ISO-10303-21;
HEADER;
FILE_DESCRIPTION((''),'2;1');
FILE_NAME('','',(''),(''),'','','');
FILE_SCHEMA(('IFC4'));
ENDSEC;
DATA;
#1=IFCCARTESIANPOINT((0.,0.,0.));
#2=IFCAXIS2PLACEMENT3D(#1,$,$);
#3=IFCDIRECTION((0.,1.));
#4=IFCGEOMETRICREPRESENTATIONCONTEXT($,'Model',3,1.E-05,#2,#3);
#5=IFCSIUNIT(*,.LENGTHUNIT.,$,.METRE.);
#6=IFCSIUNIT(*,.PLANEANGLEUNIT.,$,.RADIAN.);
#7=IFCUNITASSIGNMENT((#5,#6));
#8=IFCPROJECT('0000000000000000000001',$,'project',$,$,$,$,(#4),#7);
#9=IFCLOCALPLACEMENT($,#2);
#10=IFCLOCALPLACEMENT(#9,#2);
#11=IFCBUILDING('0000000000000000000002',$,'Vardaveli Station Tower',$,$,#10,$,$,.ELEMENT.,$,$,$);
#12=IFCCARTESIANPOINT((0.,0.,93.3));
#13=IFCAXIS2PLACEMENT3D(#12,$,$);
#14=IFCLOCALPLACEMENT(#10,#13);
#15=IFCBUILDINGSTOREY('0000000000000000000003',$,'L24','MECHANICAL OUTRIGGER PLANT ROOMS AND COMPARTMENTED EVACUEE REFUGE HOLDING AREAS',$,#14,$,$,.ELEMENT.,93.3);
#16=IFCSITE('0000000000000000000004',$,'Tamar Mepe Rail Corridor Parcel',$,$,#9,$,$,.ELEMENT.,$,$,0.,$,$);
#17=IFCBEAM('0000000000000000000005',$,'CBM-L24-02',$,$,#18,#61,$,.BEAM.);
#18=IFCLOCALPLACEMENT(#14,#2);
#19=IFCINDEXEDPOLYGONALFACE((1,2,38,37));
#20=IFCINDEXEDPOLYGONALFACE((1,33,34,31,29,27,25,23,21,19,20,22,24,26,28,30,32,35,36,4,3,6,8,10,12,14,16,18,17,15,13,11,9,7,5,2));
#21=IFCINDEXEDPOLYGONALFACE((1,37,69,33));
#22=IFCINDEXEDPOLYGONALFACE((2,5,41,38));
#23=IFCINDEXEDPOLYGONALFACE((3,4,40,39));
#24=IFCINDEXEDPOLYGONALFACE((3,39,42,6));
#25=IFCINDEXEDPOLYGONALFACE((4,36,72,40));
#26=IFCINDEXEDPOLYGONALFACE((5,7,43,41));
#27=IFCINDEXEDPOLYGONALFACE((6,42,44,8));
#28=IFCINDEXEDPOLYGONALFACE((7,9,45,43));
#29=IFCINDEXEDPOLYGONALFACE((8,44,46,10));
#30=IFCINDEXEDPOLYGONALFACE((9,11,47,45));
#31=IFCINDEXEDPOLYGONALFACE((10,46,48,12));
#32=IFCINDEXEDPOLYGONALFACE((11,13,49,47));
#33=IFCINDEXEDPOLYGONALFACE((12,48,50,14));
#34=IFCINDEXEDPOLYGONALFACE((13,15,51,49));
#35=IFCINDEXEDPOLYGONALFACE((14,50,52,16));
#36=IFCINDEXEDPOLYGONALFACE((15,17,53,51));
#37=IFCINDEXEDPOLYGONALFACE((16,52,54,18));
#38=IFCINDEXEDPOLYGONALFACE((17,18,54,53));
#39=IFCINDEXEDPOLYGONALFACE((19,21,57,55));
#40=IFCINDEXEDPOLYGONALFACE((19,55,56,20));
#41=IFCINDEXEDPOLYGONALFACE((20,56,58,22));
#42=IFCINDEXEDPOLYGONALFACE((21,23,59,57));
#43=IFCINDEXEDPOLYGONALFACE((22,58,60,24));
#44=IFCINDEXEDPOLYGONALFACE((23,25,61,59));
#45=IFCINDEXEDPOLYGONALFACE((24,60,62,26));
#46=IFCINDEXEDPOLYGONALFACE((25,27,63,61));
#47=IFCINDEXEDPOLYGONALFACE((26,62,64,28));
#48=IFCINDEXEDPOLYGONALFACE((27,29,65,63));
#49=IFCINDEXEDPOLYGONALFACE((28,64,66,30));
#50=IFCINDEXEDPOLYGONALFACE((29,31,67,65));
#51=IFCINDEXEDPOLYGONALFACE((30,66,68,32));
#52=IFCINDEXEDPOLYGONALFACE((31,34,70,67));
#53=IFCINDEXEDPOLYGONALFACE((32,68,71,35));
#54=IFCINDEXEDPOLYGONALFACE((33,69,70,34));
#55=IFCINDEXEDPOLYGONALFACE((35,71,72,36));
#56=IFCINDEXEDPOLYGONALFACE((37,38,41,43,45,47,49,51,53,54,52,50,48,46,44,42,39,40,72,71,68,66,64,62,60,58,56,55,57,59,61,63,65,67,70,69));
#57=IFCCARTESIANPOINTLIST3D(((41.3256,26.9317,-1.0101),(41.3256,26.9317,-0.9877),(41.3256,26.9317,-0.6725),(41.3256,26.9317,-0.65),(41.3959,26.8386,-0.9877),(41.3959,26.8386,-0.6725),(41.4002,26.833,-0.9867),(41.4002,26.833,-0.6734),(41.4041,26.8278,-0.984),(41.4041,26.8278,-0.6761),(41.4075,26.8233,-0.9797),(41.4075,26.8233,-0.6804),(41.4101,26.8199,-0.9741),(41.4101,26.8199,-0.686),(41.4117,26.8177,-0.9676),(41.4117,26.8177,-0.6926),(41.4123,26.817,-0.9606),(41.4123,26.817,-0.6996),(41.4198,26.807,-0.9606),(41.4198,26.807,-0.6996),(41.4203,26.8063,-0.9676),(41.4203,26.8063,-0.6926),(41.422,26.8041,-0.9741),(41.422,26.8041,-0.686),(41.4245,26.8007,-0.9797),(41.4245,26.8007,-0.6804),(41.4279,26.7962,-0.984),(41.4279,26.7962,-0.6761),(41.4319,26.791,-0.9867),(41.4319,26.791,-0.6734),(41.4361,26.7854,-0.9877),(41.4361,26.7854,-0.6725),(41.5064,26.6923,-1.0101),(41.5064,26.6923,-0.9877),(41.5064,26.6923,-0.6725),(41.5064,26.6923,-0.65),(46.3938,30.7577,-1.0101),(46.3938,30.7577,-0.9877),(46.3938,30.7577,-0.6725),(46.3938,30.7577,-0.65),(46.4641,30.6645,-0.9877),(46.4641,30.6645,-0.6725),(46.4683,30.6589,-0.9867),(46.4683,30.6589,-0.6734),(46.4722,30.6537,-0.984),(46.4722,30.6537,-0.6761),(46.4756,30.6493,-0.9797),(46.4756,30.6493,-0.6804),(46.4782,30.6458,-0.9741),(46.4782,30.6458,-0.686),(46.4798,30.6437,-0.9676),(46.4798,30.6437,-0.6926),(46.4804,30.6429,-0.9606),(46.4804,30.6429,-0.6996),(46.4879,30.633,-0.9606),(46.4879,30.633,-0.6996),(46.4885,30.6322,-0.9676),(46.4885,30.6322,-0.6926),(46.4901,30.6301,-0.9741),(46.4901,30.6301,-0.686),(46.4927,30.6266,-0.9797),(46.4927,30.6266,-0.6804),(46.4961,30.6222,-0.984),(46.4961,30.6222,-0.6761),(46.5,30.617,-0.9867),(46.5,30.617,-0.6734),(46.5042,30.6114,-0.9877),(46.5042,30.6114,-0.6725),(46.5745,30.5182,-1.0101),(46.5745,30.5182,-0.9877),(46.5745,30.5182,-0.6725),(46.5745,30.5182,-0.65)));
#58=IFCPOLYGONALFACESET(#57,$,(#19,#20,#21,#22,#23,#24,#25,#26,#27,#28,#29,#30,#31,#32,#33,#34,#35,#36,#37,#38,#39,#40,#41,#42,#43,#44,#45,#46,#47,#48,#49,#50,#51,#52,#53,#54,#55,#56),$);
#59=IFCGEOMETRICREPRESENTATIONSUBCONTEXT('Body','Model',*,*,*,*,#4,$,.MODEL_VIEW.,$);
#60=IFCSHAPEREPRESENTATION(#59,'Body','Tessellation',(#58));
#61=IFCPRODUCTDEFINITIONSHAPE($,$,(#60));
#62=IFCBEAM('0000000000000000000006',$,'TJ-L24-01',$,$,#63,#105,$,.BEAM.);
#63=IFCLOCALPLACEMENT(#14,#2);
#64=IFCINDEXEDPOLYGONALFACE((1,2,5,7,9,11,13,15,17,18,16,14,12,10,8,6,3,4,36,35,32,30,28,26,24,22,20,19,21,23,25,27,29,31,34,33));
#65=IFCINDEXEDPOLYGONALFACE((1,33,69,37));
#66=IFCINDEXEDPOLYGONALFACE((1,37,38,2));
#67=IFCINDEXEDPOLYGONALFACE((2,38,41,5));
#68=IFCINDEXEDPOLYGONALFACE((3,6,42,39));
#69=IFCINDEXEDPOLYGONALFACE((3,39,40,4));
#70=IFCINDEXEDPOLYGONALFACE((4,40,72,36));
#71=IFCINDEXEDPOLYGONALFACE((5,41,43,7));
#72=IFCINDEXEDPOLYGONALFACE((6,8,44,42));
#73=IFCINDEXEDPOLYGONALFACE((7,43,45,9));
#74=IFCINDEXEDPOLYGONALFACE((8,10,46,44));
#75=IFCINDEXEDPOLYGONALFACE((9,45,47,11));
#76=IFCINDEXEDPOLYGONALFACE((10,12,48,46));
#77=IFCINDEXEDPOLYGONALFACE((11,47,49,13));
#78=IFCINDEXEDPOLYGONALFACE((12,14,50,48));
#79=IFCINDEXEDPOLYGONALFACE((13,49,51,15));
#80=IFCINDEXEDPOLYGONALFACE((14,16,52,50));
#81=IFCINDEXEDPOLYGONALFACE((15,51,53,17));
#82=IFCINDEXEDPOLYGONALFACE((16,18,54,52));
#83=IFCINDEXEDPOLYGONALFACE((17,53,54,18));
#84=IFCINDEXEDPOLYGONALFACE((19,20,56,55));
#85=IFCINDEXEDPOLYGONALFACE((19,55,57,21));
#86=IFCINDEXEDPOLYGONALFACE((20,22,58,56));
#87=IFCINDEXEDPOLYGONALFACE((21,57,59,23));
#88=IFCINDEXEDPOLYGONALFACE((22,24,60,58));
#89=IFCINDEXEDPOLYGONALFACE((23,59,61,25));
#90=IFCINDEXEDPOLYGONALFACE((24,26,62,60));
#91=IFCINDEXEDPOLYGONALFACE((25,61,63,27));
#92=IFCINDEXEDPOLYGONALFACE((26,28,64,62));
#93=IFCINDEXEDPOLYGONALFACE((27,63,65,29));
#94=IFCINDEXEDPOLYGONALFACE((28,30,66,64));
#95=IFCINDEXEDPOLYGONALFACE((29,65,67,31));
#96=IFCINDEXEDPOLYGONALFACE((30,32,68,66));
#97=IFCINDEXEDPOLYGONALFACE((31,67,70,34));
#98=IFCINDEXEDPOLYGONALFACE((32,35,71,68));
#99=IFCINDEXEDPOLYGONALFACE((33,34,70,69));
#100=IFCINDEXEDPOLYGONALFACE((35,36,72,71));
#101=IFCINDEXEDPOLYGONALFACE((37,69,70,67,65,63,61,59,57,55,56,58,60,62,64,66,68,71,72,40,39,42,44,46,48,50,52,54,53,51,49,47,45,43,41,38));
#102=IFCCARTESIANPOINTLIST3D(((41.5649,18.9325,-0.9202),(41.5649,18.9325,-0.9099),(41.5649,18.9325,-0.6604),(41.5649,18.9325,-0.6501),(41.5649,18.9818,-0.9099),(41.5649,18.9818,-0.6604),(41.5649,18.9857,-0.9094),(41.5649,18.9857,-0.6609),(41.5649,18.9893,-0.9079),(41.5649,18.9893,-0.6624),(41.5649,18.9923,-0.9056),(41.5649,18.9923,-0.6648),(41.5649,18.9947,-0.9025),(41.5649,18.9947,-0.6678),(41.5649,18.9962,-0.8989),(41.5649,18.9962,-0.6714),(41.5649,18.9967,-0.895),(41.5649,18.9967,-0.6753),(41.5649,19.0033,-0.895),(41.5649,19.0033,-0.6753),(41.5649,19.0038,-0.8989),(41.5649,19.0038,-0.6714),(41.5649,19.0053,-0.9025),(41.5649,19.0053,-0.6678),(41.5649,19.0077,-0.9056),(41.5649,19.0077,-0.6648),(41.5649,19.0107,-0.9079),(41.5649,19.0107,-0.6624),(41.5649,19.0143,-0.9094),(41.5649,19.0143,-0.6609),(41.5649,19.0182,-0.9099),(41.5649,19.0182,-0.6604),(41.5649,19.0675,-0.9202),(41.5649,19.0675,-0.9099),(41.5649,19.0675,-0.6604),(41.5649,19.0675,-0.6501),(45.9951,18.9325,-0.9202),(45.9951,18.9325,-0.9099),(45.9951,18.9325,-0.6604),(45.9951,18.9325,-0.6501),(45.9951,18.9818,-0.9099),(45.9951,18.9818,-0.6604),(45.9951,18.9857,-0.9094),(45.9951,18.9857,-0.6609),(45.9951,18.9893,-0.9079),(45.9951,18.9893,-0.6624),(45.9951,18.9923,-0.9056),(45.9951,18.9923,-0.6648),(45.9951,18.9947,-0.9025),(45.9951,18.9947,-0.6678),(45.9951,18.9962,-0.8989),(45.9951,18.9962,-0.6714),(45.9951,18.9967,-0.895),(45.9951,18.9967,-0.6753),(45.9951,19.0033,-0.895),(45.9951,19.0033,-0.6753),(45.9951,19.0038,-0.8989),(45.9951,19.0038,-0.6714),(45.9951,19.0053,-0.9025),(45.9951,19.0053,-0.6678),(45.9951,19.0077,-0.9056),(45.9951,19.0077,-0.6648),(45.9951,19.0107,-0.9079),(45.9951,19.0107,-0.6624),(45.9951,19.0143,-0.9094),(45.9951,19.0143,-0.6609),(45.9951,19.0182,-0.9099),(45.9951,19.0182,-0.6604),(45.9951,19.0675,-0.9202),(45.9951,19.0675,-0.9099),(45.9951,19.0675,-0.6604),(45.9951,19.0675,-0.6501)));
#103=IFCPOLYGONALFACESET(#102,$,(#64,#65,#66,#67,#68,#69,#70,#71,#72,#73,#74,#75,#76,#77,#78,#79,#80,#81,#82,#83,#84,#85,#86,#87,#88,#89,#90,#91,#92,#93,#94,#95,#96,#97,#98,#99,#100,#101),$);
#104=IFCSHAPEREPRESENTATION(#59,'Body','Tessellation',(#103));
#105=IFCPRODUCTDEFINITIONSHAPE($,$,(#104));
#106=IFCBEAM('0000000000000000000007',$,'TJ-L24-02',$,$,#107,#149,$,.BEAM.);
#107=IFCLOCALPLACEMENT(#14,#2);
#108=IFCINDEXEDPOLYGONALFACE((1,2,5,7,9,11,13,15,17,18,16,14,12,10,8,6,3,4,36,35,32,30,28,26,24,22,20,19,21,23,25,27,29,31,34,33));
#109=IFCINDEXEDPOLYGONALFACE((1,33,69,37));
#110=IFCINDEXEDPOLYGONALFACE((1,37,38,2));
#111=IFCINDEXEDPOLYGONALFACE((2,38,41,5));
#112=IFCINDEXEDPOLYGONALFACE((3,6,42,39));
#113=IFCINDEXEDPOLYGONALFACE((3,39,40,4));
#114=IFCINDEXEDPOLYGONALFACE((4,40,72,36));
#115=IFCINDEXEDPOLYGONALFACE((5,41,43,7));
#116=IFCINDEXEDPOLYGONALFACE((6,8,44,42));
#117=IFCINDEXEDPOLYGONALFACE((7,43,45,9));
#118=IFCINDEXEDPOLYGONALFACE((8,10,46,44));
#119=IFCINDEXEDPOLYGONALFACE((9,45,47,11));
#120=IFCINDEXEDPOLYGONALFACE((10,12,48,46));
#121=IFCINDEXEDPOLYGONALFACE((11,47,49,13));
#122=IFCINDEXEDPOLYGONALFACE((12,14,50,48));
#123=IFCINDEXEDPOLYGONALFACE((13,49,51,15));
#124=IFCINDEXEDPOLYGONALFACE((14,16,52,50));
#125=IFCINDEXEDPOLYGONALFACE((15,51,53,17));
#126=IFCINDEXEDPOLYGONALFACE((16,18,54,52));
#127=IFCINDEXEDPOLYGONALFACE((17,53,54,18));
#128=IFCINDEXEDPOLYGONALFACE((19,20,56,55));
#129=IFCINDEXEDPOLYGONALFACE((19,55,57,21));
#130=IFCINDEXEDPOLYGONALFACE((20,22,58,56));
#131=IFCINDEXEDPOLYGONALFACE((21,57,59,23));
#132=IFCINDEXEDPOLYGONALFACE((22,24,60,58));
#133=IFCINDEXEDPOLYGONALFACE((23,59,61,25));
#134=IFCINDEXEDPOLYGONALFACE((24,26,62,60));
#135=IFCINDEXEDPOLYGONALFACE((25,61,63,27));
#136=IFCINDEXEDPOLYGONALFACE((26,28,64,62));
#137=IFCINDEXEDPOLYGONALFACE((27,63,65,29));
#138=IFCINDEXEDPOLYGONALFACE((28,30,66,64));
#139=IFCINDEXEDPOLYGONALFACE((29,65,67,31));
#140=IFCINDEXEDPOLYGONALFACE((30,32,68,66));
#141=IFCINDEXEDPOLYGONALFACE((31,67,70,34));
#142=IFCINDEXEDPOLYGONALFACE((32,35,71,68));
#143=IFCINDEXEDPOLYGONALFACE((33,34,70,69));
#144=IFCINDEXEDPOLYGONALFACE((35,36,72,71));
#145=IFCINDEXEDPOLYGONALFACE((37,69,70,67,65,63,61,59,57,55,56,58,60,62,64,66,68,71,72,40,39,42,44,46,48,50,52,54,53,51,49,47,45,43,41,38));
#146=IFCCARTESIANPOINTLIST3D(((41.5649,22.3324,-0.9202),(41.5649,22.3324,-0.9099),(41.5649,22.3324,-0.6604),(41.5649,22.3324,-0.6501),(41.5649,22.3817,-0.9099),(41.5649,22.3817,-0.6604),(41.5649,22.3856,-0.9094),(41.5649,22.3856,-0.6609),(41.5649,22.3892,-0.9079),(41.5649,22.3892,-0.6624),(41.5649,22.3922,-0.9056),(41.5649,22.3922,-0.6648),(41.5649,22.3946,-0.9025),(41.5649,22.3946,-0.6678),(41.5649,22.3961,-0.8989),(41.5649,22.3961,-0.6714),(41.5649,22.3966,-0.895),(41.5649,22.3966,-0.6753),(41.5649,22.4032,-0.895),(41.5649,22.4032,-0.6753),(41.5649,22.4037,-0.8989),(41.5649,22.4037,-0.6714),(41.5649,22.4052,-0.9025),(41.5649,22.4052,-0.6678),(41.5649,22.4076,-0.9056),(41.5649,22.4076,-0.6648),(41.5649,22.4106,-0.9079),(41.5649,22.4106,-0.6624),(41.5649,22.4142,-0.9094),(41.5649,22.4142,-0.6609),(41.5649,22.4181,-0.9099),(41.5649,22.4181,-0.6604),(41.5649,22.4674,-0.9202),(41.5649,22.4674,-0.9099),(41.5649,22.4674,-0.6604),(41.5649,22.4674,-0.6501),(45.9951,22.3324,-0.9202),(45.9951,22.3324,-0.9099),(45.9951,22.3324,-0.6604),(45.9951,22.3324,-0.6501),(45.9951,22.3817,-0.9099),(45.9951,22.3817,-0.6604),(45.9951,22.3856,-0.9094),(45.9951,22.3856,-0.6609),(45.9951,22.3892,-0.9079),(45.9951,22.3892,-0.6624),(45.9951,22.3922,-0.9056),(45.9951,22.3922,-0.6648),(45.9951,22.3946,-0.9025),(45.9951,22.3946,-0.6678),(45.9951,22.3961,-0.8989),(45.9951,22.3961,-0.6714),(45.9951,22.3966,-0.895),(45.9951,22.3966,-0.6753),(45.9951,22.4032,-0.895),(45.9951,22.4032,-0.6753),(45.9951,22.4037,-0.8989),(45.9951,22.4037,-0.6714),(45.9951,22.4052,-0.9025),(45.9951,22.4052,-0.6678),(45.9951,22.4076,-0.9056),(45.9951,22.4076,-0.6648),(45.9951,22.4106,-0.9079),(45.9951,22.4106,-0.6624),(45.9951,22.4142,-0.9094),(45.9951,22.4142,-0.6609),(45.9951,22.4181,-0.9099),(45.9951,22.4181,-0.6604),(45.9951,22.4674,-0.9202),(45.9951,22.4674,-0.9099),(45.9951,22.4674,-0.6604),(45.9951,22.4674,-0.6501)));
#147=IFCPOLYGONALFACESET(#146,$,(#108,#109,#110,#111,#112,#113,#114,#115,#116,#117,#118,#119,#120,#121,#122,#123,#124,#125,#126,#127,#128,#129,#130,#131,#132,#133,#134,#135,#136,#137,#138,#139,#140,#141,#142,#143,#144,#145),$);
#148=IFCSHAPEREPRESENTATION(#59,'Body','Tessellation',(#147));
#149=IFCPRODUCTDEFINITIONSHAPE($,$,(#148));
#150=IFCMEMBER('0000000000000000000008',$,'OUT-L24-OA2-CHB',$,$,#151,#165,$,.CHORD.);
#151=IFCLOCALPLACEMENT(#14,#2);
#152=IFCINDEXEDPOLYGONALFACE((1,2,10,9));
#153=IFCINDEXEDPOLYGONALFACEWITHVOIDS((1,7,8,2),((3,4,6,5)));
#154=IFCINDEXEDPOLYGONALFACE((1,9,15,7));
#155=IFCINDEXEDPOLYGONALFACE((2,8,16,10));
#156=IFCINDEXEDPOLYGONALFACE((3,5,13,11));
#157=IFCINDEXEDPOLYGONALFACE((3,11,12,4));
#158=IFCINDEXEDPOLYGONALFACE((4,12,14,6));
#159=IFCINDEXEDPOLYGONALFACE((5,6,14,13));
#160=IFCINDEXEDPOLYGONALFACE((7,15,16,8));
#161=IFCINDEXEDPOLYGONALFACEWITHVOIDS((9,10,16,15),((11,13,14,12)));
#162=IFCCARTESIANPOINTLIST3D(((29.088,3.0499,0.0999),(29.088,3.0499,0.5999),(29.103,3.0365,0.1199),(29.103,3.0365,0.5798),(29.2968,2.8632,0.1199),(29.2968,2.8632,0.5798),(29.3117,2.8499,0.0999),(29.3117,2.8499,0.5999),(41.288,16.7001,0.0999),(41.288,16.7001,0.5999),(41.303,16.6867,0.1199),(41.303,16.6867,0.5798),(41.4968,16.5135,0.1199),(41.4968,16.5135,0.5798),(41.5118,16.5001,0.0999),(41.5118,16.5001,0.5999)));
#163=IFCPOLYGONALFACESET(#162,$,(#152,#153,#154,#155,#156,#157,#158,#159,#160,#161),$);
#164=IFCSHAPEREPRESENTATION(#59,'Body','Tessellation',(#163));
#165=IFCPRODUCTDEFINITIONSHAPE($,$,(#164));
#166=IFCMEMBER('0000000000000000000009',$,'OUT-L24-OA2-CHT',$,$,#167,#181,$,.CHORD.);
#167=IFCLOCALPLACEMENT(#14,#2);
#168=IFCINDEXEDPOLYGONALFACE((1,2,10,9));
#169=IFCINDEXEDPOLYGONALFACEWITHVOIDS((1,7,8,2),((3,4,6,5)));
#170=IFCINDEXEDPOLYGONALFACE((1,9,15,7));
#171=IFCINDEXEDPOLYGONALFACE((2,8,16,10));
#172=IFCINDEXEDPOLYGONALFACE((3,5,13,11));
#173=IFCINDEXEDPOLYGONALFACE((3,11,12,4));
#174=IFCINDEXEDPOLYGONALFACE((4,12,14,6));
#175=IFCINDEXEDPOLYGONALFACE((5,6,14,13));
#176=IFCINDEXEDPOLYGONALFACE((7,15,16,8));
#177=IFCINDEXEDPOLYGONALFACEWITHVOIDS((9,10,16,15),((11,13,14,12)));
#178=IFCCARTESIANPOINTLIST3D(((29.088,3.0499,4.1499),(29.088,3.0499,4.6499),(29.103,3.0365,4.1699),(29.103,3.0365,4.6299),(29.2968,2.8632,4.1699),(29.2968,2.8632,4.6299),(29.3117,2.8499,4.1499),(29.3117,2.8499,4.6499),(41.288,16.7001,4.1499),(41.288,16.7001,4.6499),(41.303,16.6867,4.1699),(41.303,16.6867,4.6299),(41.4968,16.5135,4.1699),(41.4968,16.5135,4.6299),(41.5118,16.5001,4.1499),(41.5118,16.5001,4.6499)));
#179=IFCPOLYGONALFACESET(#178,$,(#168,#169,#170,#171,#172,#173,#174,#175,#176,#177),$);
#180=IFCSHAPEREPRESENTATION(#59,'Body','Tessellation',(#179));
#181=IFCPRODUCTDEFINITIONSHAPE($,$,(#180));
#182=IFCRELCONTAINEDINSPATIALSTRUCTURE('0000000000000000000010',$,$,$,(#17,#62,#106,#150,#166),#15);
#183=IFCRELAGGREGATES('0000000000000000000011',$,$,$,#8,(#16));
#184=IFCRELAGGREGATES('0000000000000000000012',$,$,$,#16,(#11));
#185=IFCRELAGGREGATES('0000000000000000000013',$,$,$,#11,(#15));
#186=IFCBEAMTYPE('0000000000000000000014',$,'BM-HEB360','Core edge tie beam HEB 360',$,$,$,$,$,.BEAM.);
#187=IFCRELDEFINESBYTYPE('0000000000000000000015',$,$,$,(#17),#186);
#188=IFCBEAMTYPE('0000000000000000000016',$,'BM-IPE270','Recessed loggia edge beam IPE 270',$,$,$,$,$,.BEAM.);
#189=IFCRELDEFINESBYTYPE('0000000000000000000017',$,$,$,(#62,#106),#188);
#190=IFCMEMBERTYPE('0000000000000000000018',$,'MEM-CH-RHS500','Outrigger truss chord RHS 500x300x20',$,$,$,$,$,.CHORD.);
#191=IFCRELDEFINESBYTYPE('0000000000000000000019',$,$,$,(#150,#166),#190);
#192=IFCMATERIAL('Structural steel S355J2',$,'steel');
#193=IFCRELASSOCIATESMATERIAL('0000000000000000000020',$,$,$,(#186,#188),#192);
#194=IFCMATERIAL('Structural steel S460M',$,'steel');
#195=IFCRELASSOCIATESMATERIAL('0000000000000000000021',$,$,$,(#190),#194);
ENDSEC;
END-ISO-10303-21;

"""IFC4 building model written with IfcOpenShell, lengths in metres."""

from ifc_helpers import new_model, si_unit, direction, frame, origin, origin_2d, place, context, subcontext, project, spatial, hollow_rectangle, i_section, extrude, source, transform, mapped, material, material_profile, profile_set, type_object, element, save


model = new_model("IFC4")

# Units and contexts
model_context = context("Model", 3, precision=1e-05, world=origin(), true_north=direction((0.0, 1.0)))
body_context = subcontext(model_context, "Body", "Model", "MODEL_VIEW")
ifc_project = project(units=[si_unit("LENGTHUNIT", "METRE"), si_unit("PLANEANGLEUNIT", "RADIAN")], contexts=[model_context])

# Site, building, storey
site_placement = place(None, origin())
site = spatial("IfcSite", under=ifc_project, at=site_placement, Name="Tamar Mepe Rail Corridor Parcel", CompositionType="ELEMENT", RefElevation=0.0)
building_placement = place(site_placement, origin())
building = spatial("IfcBuilding", under=site, at=building_placement, Name="Vardaveli Station Tower", CompositionType="ELEMENT")
storey_placement = place(building_placement, frame((0.0, 0.0, 93.3)))
storey = spatial("IfcBuildingStorey", under=building, at=storey_placement, Name="L24", Description="MECHANICAL OUTRIGGER PLANT ROOMS AND COMPARTMENTED EVACUEE REFUGE HOLDING AREAS", CompositionType="ELEMENT", Elevation=93.3)

# Shared definitions
ifc_material_1 = material(Name="Structural steel S460M", Category="steel")

# Beams
ifc_material_2 = material(Name="Structural steel S355J2", Category="steel")
ifc_material_profile_1 = material_profile(ifc_material_2, i_section(OverallWidth=0.3, OverallDepth=0.3601, WebThickness=0.0125, FlangeThickness=0.0225, FilletRadius=0.0271, at=origin_2d()), Name="HEB 360")
ifc_profile_set_1 = profile_set([ifc_material_profile_1], Name="Structural steel S355J2")
beam_type_1 = type_object("IfcBeamType", Name="BM-HEB360", Description="Core edge tie beam HEB 360", PredefinedType="BEAM", material=ifc_profile_set_1)
shared_shape_1 = source(origin(), body_context, "Body", "SweptSolid", [
    extrude(i_section(OverallWidth=0.3, OverallDepth=0.3601, WebThickness=0.0125, FlangeThickness=0.0225, FilletRadius=0.0271, at=origin_2d()), origin(), (0.0, 0.0, 1.0), 6.3501),
])
beam_1_placement = place(storey_placement, frame((41.416, 26.812, -0.8301), z_axis=(0.798118, 0.602501, 0.0), x_axis=(-0.602501, 0.798118, 0.0)))
element("IfcBeam", 1, at=beam_1_placement, inside=storey, type_object=beam_type_1, Name="CBM-L24-02", PredefinedType="BEAM", context=body_context, shape_type="MappedRepresentation", body=[
    mapped(shared_shape_1, transform((0.0, 0.0, 0.0), scale=1.0)),
])
ifc_material_profile_2 = material_profile(ifc_material_2, i_section(OverallWidth=0.135, OverallDepth=0.27, WebThickness=0.0066, FlangeThickness=0.0103, FilletRadius=0.0149, at=origin_2d()), Name="IPE 270")
ifc_profile_set_2 = profile_set([ifc_material_profile_2], Name="Structural steel S355J2")
beam_type_2 = type_object("IfcBeamType", Name="BM-IPE270", Description="Recessed loggia edge beam IPE 270", PredefinedType="BEAM", material=ifc_profile_set_2)
shared_shape_2 = source(origin(), body_context, "Body", "SweptSolid", [
    extrude(i_section(OverallWidth=0.135, OverallDepth=0.27, WebThickness=0.0066, FlangeThickness=0.0103, FilletRadius=0.0149, at=origin_2d()), origin(), (0.0, 0.0, 1.0), 4.4302),
])
for number, where, z_axis, x_axis, name in (
    (2, (41.5649, 19.0, -0.7852), (1.0, 0.0, 0.0), (0.0, 1.0, 0.0), "TJ-L24-01"),
    (3, (41.5649, 22.3999, -0.7852), (1.0, 0.0, 0.0), (0.0, 1.0, 0.0), "TJ-L24-02"),
):
    element("IfcBeam", number, at=place(storey_placement, frame(where, z_axis=z_axis, x_axis=x_axis)), inside=storey, type_object=beam_type_2, Name=name, PredefinedType="BEAM", context=body_context, shape_type="MappedRepresentation", body=[
        mapped(shared_shape_2, transform((0.0, 0.0, 0.0), scale=1.0)),
    ])

# Members
ifc_material_profile_3 = material_profile(ifc_material_1, hollow_rectangle(XDim=0.3, YDim=0.5, WallThickness=0.02, at=origin_2d()), Name="RHS 500x300x20")
ifc_profile_set_3 = profile_set([ifc_material_profile_3], Name="Structural steel S460M")
member_type_1 = type_object("IfcMemberType", Name="MEM-CH-RHS500", Description="Outrigger truss chord RHS 500x300x20", PredefinedType="CHORD", material=ifc_profile_set_3)
shared_shape_3 = source(origin(), body_context, "Body", "SweptSolid", [
    extrude(hollow_rectangle(XDim=0.3, YDim=0.5, WallThickness=0.02, at=origin_2d()), origin(), (0.0, 0.0, 1.0), 18.3076),
])
for number, where, z_axis, x_axis, name in (
    (4, (41.3999, 16.6001, 0.3499), (-0.66639, -0.745603, 0.0), (0.745603, -0.66639, 0.0), "OUT-L24-OA2-CHB"),
    (5, (41.3999, 16.6001, 4.3999), (-0.66639, -0.745603, 0.0), (0.745603, -0.66639, 0.0), "OUT-L24-OA2-CHT"),
):
    element("IfcMember", number, at=place(storey_placement, frame(where, z_axis=z_axis, x_axis=x_axis)), inside=storey, type_object=member_type_1, Name=name, PredefinedType="CHORD", context=body_context, shape_type="MappedRepresentation", body=[
        mapped(shared_shape_3, transform((0.0, 0.0, 0.0), scale=1.0)),
    ])

save(model, "model.ifc")
